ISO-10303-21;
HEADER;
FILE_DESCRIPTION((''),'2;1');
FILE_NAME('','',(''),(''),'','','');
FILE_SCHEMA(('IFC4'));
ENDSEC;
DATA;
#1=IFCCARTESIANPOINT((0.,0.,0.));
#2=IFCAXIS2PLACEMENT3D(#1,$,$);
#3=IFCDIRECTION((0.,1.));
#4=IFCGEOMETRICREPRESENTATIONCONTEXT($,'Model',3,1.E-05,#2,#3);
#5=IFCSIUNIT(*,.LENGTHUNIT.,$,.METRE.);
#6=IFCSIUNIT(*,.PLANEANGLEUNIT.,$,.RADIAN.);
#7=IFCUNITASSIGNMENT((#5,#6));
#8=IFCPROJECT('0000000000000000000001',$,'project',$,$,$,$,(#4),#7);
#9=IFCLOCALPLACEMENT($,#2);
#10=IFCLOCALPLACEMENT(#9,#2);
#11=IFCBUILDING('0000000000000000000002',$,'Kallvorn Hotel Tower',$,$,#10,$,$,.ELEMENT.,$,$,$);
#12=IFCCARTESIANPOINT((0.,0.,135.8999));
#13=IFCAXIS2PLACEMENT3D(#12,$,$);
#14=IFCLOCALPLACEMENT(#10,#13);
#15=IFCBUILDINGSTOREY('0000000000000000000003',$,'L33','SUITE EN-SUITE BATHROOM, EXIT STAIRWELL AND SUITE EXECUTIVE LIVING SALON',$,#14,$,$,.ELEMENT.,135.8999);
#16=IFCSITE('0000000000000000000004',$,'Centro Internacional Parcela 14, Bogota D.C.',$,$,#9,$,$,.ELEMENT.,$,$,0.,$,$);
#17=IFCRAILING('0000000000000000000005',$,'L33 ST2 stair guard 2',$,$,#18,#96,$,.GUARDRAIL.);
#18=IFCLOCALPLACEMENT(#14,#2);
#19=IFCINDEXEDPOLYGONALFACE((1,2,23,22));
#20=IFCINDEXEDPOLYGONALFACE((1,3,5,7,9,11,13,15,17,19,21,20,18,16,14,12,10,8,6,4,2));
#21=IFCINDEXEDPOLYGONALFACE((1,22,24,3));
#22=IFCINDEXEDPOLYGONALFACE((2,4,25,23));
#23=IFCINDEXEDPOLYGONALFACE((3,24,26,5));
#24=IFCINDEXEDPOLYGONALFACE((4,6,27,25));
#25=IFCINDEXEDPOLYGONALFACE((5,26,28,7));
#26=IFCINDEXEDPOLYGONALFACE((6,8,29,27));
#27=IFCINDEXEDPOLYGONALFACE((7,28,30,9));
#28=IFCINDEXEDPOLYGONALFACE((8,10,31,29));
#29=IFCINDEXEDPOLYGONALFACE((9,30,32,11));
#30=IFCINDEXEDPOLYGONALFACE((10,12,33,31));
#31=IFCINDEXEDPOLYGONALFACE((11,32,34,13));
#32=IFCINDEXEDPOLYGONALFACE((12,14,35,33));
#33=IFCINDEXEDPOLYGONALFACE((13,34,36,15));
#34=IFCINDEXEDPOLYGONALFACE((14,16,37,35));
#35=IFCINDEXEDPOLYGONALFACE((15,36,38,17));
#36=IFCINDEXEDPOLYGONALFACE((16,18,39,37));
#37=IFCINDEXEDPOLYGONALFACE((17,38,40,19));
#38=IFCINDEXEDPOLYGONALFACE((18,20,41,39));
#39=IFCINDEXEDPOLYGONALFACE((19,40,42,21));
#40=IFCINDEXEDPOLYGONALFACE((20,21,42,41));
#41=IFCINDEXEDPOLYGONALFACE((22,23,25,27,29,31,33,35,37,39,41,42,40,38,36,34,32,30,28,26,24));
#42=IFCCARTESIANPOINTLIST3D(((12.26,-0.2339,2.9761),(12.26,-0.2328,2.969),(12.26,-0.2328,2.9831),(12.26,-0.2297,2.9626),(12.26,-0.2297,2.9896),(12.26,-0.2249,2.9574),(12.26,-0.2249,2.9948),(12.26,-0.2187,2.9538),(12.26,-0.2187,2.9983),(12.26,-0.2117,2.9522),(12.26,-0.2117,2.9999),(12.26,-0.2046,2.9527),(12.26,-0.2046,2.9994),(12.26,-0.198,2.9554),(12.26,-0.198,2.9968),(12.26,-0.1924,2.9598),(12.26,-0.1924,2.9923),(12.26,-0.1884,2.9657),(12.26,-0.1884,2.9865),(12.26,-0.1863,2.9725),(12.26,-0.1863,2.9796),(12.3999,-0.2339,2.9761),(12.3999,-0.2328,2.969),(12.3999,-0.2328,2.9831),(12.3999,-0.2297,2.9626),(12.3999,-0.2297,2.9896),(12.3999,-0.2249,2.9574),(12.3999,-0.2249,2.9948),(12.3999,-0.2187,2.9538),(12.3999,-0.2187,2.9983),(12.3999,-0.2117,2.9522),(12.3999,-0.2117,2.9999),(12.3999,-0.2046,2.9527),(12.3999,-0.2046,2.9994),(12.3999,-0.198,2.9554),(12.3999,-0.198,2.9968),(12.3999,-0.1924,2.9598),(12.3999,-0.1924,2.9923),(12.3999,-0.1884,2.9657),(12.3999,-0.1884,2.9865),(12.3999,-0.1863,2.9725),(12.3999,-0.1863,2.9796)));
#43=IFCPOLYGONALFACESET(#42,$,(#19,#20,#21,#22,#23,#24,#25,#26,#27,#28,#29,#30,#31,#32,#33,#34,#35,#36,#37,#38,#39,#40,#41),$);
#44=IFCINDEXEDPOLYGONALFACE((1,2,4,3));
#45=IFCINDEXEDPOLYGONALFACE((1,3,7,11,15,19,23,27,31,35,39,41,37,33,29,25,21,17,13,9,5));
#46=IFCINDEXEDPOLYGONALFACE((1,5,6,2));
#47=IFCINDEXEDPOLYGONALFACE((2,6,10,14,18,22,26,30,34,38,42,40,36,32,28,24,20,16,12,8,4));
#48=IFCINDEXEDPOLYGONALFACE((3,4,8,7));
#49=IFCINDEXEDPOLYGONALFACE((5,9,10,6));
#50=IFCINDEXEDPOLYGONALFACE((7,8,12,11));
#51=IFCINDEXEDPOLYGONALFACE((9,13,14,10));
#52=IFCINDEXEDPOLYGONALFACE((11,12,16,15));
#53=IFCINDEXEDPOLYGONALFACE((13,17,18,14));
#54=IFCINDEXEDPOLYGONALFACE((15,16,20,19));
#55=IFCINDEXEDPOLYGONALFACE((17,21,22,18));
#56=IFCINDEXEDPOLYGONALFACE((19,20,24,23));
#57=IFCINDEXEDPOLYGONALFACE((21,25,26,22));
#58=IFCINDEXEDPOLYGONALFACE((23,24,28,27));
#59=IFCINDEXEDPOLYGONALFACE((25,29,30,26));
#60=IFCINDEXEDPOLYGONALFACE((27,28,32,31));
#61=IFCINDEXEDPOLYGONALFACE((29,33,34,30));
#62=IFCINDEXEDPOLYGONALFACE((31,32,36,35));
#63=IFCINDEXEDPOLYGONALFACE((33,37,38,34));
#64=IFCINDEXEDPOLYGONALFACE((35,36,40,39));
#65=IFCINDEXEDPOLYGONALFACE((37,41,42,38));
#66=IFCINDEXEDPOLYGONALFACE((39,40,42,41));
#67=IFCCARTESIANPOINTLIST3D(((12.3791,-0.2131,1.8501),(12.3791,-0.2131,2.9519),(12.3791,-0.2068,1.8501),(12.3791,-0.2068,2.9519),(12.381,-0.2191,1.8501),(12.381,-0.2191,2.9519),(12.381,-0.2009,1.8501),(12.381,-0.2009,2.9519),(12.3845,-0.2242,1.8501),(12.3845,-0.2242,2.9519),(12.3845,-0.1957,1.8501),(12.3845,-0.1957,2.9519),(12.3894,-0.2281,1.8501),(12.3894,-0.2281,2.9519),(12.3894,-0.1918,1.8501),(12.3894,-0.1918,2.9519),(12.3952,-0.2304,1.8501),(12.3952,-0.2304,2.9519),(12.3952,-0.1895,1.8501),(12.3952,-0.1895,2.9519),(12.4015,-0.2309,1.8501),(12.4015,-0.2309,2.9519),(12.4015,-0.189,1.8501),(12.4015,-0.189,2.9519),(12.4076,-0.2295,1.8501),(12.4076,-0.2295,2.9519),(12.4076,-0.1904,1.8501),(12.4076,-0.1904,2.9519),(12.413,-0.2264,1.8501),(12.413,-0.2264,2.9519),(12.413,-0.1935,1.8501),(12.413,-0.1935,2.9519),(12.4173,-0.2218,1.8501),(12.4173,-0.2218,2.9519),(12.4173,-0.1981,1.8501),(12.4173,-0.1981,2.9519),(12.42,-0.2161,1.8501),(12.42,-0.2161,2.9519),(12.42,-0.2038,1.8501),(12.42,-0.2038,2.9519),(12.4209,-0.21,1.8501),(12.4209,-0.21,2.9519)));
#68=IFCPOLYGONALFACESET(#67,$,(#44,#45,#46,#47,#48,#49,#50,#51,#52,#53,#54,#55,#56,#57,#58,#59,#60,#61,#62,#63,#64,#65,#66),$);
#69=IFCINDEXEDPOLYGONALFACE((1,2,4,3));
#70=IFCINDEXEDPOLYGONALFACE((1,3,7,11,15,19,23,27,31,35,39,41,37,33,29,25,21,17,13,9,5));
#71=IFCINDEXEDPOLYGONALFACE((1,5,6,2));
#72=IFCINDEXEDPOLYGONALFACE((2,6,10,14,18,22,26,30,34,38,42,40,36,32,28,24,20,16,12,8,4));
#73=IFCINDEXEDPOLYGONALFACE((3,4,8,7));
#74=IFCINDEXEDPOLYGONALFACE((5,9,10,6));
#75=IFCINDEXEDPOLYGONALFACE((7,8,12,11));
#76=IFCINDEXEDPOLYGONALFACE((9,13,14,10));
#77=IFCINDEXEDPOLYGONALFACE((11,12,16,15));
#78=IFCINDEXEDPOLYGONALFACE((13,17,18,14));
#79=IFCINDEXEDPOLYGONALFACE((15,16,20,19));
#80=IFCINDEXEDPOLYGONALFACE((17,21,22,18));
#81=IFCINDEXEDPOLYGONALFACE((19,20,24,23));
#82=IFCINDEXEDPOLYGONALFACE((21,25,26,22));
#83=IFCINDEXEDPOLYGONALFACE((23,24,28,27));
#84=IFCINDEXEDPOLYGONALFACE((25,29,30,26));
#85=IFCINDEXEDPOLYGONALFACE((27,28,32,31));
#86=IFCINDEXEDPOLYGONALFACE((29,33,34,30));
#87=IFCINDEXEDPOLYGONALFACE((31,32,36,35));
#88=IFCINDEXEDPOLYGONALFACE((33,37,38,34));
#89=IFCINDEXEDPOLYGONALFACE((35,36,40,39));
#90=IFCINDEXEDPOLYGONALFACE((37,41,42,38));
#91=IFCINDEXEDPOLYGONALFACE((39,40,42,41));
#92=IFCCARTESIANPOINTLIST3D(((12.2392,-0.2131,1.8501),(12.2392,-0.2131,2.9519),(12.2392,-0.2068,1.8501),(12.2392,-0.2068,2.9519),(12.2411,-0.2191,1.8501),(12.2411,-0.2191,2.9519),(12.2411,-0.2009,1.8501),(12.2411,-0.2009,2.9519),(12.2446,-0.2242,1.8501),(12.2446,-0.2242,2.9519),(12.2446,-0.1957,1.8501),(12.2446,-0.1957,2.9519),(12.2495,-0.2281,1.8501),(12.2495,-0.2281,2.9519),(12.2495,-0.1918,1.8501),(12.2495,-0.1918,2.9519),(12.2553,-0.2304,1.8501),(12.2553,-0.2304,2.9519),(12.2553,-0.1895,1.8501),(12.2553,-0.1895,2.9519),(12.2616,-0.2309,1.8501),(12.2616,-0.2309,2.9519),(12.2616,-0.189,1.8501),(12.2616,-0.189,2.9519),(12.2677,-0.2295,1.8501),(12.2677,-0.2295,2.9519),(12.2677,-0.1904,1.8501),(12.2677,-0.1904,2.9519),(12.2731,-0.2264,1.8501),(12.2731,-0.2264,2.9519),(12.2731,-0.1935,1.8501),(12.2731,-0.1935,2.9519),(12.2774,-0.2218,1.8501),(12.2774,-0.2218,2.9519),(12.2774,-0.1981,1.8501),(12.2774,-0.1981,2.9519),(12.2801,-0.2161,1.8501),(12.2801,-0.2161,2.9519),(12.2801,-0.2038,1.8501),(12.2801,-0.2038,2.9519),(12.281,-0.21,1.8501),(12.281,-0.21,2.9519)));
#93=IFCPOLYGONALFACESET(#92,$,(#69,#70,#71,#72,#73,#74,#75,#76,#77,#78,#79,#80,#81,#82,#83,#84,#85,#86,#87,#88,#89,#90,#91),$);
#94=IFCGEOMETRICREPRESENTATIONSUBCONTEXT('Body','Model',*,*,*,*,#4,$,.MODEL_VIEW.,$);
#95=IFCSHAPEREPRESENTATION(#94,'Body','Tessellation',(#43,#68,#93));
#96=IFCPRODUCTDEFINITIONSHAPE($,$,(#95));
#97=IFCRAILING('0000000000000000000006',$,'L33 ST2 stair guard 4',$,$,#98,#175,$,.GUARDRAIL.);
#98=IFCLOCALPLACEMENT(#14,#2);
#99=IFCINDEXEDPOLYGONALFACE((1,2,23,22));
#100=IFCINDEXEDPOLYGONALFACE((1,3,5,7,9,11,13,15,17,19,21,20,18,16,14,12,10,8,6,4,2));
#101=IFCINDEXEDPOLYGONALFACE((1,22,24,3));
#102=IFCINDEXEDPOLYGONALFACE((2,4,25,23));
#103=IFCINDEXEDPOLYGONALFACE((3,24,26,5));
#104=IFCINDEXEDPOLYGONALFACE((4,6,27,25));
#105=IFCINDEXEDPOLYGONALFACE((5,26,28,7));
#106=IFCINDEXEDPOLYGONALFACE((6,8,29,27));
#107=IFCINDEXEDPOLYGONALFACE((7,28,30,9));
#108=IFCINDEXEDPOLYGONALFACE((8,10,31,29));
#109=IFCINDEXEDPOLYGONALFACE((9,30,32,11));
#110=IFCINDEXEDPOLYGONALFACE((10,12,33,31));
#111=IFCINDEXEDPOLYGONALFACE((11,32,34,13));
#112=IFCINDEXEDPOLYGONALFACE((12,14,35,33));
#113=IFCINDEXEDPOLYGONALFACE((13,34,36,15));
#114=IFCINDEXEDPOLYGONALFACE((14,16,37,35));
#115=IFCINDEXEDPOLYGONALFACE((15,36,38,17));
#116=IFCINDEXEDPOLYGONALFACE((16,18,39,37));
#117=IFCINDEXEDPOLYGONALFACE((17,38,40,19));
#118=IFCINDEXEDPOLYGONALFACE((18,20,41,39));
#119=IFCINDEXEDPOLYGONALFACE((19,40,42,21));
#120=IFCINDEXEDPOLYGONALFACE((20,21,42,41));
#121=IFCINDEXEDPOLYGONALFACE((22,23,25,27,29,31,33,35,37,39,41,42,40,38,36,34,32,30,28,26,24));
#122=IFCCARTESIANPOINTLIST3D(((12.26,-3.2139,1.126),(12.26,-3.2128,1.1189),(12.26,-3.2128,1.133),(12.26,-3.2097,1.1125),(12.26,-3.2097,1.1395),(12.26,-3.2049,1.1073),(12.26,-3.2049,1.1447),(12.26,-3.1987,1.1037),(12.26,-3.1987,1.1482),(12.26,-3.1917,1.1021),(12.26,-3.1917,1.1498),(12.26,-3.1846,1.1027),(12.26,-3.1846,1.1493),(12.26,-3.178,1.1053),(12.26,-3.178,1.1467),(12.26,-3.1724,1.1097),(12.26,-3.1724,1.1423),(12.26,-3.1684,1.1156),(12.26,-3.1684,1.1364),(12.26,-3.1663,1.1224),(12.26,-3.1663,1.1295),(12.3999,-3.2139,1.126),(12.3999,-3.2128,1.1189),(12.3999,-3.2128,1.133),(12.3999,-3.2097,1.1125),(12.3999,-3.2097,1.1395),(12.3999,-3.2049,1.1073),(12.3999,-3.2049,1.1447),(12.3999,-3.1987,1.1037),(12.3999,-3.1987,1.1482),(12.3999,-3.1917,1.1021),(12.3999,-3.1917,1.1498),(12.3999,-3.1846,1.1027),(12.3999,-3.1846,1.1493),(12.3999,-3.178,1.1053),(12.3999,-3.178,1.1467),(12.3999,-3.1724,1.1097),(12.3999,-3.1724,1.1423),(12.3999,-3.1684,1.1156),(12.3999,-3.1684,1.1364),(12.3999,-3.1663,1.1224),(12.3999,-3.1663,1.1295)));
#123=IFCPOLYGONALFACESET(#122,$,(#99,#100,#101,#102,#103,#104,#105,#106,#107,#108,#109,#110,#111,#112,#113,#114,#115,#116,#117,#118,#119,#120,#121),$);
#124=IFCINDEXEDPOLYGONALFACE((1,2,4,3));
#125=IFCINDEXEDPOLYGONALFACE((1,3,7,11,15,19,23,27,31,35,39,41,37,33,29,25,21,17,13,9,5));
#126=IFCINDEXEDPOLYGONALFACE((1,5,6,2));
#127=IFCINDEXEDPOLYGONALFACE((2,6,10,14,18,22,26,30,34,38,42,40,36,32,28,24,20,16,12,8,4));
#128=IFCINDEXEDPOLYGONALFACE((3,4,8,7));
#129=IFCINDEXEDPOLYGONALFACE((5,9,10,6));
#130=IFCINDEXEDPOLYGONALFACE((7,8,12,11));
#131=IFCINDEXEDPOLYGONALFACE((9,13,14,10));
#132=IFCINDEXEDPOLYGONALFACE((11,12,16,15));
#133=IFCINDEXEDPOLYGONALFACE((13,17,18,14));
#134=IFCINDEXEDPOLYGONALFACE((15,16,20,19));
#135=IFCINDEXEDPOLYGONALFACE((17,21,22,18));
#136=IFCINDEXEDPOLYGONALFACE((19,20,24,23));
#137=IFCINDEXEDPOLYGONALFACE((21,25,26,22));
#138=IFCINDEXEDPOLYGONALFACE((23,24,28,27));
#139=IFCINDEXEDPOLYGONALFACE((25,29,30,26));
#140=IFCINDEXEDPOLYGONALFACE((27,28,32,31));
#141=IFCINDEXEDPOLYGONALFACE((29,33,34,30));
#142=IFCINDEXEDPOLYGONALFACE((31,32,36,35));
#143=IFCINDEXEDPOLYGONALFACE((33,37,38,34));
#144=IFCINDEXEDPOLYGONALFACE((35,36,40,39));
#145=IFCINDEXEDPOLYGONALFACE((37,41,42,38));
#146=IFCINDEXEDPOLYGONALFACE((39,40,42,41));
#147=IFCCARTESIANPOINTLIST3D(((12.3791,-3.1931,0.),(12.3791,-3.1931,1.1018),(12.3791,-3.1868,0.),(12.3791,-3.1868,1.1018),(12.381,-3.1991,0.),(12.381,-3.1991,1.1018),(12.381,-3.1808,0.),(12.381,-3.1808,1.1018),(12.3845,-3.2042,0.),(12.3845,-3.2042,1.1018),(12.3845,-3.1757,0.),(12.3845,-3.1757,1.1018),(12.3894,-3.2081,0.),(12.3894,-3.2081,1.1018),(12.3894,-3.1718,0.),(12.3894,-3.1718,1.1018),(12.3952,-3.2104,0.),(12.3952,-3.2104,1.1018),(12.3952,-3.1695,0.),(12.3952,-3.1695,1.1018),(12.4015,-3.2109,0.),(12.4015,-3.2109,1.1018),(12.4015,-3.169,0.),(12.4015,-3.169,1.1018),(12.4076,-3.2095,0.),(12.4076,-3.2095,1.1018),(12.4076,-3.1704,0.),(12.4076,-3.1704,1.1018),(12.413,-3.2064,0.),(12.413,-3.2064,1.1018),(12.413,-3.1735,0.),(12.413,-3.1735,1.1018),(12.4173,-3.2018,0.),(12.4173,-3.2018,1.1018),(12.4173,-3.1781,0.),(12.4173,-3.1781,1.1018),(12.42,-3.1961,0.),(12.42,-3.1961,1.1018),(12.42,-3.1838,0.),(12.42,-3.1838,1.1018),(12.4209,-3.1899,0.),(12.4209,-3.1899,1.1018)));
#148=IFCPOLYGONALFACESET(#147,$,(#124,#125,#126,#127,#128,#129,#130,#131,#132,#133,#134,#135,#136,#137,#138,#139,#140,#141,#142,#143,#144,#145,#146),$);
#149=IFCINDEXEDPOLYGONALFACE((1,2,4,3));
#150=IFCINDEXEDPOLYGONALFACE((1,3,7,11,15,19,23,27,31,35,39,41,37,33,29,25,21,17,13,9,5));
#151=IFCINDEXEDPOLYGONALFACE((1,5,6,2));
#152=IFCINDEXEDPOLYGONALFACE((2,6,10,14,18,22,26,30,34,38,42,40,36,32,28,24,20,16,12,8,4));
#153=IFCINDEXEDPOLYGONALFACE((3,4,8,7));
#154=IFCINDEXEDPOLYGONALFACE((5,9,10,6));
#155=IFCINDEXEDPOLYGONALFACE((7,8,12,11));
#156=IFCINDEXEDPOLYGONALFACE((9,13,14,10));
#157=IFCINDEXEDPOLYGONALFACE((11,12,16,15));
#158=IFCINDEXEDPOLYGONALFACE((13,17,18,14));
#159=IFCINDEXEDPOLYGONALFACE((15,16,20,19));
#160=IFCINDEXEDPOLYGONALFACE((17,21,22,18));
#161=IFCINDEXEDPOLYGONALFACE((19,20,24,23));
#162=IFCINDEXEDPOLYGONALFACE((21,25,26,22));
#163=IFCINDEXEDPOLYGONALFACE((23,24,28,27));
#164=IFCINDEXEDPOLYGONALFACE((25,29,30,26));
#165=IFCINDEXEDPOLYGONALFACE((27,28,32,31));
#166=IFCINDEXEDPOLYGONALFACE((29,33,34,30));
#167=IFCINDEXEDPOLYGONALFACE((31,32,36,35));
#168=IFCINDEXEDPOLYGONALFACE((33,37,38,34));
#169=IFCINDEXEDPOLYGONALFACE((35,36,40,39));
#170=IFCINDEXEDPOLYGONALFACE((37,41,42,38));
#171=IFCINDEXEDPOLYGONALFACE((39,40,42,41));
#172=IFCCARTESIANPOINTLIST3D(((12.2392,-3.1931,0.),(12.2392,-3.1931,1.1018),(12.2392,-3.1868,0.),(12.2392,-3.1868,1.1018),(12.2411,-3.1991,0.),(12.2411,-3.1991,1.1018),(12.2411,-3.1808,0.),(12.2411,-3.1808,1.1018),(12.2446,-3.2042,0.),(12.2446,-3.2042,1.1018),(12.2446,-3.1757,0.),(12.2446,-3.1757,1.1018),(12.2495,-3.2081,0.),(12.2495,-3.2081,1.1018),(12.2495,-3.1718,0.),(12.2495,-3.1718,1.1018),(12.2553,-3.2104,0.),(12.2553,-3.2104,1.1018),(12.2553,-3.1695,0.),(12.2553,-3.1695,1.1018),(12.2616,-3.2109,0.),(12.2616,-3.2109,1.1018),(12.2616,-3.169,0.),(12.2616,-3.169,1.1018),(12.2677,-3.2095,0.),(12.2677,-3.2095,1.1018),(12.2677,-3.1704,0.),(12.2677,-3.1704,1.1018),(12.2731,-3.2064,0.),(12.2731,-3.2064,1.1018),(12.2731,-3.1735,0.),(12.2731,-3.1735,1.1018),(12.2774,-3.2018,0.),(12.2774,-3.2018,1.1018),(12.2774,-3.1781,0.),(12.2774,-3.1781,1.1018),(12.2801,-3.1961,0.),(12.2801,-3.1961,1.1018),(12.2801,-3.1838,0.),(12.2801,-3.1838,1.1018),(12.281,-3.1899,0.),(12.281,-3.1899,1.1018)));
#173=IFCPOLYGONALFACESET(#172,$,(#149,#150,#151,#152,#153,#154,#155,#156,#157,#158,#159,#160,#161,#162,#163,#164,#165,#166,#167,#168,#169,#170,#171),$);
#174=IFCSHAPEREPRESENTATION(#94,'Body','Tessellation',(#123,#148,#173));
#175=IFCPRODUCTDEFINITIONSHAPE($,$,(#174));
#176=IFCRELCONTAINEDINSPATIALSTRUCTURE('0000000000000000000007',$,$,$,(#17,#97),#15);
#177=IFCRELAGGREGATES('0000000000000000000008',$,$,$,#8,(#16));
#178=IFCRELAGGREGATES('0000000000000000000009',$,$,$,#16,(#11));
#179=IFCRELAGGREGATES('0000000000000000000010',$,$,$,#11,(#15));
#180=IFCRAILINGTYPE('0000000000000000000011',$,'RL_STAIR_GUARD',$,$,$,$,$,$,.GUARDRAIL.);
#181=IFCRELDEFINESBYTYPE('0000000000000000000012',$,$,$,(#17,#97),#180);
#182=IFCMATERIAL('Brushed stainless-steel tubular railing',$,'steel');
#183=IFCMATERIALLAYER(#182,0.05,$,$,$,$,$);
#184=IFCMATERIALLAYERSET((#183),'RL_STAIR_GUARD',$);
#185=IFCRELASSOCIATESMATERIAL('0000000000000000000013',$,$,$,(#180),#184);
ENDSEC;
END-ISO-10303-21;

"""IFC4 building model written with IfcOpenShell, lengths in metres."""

from ifc_helpers import new_model, si_unit, direction, frame, origin, origin_2d, place, context, subcontext, project, spatial, circle, extrude, material, layer, layer_set, type_object, element, save


model = new_model("IFC4")

# Units and contexts
model_context = context("Model", 3, precision=1e-05, world=origin(), true_north=direction((0.0, 1.0)))
body_context = subcontext(model_context, "Body", "Model", "MODEL_VIEW")
ifc_project = project(units=[si_unit("LENGTHUNIT", "METRE"), si_unit("PLANEANGLEUNIT", "RADIAN")], contexts=[model_context])

# Site, building, storey
site_placement = place(None, origin())
site = spatial("IfcSite", under=ifc_project, at=site_placement, Name="Centro Internacional Parcela 14, Bogota D.C.", CompositionType="ELEMENT", RefElevation=0.0)
building_placement = place(site_placement, origin())
building = spatial("IfcBuilding", under=site, at=building_placement, Name="Kallvorn Hotel Tower", CompositionType="ELEMENT")
storey_placement = place(building_placement, frame((0.0, 0.0, 135.8999)))
storey = spatial("IfcBuildingStorey", under=building, at=storey_placement, Name="L33", Description="SUITE EN-SUITE BATHROOM, EXIT STAIRWELL AND SUITE EXECUTIVE LIVING SALON", CompositionType="ELEMENT", Elevation=135.8999)

# Railings
ifc_material_1 = material(Name="Brushed stainless-steel tubular railing", Category="steel")
ifc_layer_1 = layer(ifc_material_1, 0.05)
ifc_layer_set_1 = layer_set([ifc_layer_1], Name="RL_STAIR_GUARD")
railing_type_1 = type_object("IfcRailingType", Name="RL_STAIR_GUARD", PredefinedType="GUARDRAIL", material=ifc_layer_set_1)
for number, where, name in (
    (1, (12.3999, -0.21, 1.8501), "L33 ST2 stair guard 2"),
    (2, (12.3999, -3.1899, 0.0), "L33 ST2 stair guard 4"),
):
    element("IfcRailing", number, at=place(storey_placement, frame(where)), inside=storey, type_object=railing_type_1, Name=name, PredefinedType="GUARDRAIL", context=body_context, shape_type="SweptSolid", body=[
        extrude(circle(Radius=0.0239, at=origin_2d()), frame((0.0, 0.0, 1.126), z_axis=(-1.0, 0.0, 0.0), x_axis=(0.0, -1.0, 0.0)), (0.0, 0.0, 1.0), 0.1399),
        extrude(circle(Radius=0.021, at=origin_2d()), origin(), (0.0, 0.0, 1.0), 1.1018),
        extrude(circle(Radius=0.021, at=origin_2d()), frame((-0.1399, 0.0, 0.0)), (0.0, 0.0, 1.0), 1.1018),
    ])

save(model, "model.ifc")
